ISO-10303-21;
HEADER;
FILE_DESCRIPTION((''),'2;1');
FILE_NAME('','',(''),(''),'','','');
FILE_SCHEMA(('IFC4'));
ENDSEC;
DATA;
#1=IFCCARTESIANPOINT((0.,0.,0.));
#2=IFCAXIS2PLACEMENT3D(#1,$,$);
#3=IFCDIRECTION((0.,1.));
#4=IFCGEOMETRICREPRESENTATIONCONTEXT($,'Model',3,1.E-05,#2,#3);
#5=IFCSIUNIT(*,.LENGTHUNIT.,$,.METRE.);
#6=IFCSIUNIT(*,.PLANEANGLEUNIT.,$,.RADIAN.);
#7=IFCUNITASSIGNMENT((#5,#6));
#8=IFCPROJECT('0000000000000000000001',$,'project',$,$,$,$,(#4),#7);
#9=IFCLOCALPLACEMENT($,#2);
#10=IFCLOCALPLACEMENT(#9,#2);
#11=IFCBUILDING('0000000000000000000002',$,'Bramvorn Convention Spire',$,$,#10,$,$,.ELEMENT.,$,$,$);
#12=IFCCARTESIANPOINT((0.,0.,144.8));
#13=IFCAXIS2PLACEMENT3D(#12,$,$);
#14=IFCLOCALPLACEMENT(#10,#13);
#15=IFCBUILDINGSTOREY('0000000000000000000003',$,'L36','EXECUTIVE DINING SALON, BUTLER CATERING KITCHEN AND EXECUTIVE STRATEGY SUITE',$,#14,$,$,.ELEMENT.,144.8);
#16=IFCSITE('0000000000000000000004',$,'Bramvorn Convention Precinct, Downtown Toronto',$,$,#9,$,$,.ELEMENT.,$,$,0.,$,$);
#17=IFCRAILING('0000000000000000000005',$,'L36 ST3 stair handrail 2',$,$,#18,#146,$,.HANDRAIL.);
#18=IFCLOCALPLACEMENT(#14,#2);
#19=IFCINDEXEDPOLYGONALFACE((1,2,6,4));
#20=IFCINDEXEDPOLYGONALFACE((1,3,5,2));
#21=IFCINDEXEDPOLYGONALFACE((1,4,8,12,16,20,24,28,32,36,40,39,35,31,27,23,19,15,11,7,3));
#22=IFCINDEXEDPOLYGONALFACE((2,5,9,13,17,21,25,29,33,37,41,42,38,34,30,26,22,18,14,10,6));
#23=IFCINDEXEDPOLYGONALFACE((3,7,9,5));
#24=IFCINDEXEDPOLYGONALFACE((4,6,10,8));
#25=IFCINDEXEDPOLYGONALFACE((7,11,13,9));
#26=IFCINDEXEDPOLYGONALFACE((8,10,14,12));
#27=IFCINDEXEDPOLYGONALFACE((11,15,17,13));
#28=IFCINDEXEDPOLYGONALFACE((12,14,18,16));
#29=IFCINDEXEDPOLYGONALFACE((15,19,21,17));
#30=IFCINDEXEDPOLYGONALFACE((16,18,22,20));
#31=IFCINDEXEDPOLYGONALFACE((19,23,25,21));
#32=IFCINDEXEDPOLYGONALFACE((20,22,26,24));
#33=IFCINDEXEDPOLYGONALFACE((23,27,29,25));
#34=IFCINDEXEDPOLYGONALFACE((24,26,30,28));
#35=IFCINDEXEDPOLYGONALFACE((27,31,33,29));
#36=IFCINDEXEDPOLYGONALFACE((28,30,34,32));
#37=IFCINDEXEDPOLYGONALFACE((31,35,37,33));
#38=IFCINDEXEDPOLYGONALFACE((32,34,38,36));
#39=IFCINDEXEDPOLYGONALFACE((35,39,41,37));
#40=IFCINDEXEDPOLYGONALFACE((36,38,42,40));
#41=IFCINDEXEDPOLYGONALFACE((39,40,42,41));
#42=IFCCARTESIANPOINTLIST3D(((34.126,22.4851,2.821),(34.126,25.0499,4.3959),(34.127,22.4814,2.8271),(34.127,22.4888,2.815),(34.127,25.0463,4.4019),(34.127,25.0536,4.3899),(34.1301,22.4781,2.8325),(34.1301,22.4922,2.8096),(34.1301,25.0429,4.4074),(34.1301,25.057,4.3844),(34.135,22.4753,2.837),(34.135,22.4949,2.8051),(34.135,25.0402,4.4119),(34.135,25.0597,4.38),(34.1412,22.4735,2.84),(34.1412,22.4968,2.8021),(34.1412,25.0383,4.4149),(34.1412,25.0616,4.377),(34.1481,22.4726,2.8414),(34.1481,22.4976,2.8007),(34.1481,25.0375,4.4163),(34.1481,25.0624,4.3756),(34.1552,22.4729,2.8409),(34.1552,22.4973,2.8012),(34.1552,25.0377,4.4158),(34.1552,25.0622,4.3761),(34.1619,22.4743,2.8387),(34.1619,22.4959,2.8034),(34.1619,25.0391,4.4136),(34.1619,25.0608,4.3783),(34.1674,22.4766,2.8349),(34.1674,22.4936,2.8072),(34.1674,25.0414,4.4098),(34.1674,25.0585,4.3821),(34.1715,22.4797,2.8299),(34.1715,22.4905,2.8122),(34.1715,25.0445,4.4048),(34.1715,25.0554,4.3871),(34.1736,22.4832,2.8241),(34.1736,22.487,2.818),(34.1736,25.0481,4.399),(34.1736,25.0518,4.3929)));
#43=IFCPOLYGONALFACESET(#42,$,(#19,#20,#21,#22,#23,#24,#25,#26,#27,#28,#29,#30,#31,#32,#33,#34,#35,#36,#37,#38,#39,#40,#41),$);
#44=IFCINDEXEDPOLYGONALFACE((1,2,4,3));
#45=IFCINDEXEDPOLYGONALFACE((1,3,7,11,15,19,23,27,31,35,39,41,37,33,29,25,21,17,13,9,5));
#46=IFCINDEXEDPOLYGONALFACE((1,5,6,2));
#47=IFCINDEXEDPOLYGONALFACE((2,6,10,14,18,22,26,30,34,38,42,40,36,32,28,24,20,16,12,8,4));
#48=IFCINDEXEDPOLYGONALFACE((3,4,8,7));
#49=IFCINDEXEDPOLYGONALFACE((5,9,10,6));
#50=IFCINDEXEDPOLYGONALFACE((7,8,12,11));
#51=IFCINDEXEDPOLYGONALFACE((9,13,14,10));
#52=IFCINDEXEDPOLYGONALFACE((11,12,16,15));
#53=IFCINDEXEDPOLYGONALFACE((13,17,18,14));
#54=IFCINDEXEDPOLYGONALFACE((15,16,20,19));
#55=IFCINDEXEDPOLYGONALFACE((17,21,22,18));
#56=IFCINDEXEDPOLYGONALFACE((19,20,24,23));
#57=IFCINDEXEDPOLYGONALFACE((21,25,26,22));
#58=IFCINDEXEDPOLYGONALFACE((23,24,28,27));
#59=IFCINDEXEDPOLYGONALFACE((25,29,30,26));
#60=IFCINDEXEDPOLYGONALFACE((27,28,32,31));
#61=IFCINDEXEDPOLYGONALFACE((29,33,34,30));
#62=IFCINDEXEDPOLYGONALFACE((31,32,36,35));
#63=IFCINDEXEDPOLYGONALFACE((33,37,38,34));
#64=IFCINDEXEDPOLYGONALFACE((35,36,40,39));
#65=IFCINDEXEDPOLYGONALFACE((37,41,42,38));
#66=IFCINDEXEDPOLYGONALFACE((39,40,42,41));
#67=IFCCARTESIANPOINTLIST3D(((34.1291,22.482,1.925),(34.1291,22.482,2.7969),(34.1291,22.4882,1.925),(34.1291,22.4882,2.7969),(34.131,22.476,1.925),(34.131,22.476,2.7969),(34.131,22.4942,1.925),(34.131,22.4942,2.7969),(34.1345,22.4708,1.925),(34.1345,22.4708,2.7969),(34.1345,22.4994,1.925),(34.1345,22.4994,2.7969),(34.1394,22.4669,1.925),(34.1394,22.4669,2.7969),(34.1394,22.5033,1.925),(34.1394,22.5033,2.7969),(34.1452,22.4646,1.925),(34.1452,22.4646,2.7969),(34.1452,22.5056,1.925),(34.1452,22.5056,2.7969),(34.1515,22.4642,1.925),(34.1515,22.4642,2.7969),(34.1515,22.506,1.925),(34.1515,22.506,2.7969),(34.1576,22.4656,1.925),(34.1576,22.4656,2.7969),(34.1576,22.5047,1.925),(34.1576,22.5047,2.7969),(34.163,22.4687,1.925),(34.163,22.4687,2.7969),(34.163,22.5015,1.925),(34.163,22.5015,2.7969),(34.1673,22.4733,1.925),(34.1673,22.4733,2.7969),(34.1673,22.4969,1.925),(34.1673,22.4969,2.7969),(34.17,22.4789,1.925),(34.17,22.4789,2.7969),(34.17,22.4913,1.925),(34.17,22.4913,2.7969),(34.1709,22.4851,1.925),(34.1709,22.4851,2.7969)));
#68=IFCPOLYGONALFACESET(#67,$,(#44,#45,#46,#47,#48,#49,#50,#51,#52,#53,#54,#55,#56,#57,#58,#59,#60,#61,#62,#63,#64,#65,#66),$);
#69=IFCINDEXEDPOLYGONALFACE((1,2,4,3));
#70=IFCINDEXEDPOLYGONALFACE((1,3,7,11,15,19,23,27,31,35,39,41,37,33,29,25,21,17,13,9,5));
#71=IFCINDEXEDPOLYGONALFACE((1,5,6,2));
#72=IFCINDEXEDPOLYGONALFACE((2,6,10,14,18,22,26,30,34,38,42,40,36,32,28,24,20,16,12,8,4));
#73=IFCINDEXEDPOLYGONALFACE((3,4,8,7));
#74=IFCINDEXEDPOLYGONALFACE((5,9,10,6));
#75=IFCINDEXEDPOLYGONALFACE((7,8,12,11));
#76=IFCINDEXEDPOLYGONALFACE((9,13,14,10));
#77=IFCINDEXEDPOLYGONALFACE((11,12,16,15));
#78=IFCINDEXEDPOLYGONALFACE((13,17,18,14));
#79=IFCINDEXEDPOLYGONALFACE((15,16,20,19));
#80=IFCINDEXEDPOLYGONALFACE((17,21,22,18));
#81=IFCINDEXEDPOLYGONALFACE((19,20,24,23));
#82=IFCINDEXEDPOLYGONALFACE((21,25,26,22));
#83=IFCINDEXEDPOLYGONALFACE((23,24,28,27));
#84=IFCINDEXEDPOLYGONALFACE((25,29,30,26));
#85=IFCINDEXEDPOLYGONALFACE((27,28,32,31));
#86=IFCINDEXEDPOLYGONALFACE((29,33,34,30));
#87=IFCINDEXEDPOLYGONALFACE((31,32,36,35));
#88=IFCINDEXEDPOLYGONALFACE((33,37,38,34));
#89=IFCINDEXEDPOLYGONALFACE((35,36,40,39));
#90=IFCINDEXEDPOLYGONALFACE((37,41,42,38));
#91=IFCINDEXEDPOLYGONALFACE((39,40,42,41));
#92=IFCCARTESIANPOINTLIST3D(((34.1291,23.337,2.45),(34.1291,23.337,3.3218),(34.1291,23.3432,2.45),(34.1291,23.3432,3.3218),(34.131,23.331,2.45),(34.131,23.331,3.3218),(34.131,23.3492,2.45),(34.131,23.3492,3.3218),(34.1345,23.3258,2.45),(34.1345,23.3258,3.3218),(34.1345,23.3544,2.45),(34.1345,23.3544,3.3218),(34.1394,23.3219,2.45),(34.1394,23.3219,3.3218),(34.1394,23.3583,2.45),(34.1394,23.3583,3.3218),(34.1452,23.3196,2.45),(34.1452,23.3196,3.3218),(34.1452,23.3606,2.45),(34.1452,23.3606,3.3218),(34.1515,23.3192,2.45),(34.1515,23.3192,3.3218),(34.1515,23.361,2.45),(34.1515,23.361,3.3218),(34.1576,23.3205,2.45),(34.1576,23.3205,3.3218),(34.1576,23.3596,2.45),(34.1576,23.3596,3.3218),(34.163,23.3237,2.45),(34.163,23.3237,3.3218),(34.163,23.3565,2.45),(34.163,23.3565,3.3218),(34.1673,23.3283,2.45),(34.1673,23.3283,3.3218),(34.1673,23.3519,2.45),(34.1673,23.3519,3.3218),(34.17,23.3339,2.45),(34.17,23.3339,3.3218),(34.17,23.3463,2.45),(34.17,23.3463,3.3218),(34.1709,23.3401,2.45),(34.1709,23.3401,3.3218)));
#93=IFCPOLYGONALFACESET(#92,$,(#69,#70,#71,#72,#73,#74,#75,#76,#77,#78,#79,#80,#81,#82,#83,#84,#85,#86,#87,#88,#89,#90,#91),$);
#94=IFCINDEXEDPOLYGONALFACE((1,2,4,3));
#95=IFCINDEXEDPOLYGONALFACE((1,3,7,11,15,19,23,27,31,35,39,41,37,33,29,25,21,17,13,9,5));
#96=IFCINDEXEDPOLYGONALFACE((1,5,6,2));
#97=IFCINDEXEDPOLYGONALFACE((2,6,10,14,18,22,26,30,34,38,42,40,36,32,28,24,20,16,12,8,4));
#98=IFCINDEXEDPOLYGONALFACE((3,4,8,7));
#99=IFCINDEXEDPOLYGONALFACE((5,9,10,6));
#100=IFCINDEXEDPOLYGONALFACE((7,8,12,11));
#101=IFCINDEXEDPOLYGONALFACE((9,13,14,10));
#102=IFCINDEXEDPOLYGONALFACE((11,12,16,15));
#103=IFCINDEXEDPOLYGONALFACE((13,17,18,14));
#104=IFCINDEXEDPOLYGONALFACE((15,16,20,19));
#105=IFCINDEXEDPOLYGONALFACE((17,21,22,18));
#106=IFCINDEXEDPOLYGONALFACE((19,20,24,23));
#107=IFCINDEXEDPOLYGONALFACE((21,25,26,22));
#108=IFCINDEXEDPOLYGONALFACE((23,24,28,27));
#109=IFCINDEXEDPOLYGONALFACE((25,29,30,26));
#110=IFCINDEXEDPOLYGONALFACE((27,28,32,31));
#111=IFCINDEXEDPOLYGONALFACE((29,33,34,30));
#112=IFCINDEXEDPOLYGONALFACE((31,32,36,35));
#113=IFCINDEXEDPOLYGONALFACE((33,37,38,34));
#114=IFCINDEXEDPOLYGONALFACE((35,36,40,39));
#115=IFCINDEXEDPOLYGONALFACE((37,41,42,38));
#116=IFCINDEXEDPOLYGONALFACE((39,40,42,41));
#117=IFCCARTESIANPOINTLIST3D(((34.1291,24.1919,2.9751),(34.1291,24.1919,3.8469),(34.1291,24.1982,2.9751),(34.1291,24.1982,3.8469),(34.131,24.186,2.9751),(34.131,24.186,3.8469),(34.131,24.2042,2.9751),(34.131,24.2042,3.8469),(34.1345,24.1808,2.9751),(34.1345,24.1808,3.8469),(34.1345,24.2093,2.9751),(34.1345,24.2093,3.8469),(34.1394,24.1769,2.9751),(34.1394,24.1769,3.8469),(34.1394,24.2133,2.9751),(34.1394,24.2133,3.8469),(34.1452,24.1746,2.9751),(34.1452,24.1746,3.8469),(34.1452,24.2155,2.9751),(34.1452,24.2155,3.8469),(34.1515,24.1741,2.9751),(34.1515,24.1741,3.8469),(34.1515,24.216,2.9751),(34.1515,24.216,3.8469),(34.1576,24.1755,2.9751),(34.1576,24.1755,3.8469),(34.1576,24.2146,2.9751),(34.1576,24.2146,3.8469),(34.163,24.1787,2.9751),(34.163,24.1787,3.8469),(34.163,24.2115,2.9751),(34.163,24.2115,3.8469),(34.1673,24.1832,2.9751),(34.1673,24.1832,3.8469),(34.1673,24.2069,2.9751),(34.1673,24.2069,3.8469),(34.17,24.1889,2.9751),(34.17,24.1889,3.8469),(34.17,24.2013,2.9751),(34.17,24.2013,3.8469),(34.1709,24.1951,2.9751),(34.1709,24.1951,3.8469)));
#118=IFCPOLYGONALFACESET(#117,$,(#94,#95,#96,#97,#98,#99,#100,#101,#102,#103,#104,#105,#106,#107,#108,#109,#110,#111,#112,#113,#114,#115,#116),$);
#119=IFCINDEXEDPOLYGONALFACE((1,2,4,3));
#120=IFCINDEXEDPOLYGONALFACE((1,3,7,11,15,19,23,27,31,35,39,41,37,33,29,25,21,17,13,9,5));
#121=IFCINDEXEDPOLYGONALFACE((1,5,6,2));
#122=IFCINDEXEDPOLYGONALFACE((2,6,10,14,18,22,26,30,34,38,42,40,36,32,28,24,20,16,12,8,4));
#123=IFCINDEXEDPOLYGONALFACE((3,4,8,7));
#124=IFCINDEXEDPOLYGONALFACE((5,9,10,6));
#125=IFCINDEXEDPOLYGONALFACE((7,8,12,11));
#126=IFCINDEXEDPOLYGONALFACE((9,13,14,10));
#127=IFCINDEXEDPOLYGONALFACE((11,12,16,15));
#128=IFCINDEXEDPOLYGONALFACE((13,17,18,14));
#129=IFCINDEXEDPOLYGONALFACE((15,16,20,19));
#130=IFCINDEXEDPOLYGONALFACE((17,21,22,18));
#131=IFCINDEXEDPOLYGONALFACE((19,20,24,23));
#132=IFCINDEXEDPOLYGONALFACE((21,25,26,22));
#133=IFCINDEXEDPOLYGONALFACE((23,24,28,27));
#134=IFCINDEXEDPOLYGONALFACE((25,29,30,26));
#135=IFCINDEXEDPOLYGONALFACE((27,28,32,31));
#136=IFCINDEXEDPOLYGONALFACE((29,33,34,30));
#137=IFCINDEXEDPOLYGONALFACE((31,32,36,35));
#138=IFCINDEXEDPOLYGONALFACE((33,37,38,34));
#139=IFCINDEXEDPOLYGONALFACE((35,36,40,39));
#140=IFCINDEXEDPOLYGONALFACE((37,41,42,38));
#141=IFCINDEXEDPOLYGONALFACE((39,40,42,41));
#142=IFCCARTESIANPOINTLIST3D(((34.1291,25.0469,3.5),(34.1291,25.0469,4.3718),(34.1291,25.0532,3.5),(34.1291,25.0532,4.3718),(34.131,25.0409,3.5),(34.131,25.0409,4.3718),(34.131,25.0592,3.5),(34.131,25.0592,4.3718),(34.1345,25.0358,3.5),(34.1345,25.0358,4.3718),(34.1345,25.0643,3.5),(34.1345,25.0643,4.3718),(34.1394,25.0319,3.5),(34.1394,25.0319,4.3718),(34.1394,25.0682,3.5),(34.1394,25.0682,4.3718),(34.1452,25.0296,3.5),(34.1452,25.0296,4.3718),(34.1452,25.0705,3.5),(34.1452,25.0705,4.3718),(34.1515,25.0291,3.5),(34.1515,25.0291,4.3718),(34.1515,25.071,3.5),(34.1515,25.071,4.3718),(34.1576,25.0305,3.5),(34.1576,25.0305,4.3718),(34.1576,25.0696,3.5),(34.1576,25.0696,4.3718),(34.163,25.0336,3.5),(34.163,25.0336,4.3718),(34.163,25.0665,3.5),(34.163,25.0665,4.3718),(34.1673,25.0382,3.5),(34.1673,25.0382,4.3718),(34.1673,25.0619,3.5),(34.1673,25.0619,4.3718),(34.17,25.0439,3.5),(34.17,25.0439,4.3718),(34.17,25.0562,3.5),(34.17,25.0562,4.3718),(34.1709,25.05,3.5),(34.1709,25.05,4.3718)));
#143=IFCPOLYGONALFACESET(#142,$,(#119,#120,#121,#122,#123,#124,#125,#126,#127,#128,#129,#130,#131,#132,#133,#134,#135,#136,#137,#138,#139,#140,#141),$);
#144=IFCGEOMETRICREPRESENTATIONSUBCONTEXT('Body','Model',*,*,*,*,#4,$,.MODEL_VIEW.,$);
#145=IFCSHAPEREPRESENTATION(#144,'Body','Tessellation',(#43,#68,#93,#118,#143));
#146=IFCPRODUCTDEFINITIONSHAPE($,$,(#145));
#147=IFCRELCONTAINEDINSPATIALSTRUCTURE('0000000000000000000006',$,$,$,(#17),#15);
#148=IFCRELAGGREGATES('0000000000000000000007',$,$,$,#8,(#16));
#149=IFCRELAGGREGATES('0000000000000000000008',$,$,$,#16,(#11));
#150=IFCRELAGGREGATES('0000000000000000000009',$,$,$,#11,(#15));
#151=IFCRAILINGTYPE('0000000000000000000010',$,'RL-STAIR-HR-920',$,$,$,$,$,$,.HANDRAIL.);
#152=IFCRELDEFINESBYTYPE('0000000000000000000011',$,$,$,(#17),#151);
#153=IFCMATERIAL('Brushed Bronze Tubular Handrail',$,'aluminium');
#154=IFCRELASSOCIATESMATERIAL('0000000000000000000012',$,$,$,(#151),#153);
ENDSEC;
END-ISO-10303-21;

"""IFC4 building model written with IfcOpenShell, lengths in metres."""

from ifc_helpers import new_model, si_unit, direction, frame, origin, origin_2d, place, context, subcontext, project, spatial, circle, extrude, material, type_object, element, save


model = new_model("IFC4")

# Units and contexts
model_context = context("Model", 3, precision=1e-05, world=origin(), true_north=direction((0.0, 1.0)))
body_context = subcontext(model_context, "Body", "Model", "MODEL_VIEW")
ifc_project = project(units=[si_unit("LENGTHUNIT", "METRE"), si_unit("PLANEANGLEUNIT", "RADIAN")], contexts=[model_context])

# Site, building, storey
site_placement = place(None, origin())
site = spatial("IfcSite", under=ifc_project, at=site_placement, Name="Bramvorn Convention Precinct, Downtown Toronto", CompositionType="ELEMENT", RefElevation=0.0)
building_placement = place(site_placement, origin())
building = spatial("IfcBuilding", under=site, at=building_placement, Name="Bramvorn Convention Spire", CompositionType="ELEMENT")
storey_placement = place(building_placement, frame((0.0, 0.0, 144.8)))
storey = spatial("IfcBuildingStorey", under=building, at=storey_placement, Name="L36", Description="EXECUTIVE DINING SALON, BUTLER CATERING KITCHEN AND EXECUTIVE STRATEGY SUITE", CompositionType="ELEMENT", Elevation=144.8)

# Railing
ifc_material_1 = material(Name="Brushed Bronze Tubular Handrail", Category="aluminium")
railing_type_1 = type_object("IfcRailingType", Name="RL-STAIR-HR-920", PredefinedType="HANDRAIL", material=ifc_material_1)
for number, where, name in (
    (1, (34.1499, 22.4851, 1.925), "L36 ST3 stair handrail 2"),
):
    element("IfcRailing", number, at=place(storey_placement, frame(where)), inside=storey, type_object=railing_type_1, Name=name, PredefinedType="HANDRAIL", context=body_context, shape_type="SweptSolid", body=[
        extrude(circle(Radius=0.0239, at=origin_2d()), frame((0.0, 0.0, 0.896), z_axis=(0.0, 0.852173, 0.52326), x_axis=(-1.0, 0.0, 0.0)), (0.0, 0.0, 1.0), 3.0098),
        extrude(circle(Radius=0.021, at=origin_2d()), origin(), (0.0, 0.0, 1.0), 0.8718),
        extrude(circle(Radius=0.021, at=origin_2d()), frame((0.0, 0.855, 0.5249)), (0.0, 0.0, 1.0), 0.8718),
        extrude(circle(Radius=0.021, at=origin_2d()), frame((0.0, 1.71, 1.05)), (0.0, 0.0, 1.0), 0.8718),
        extrude(circle(Radius=0.021, at=origin_2d()), frame((0.0, 2.5649, 1.575)), (0.0, 0.0, 1.0), 0.8718),
    ])

save(model, "model.ifc")
